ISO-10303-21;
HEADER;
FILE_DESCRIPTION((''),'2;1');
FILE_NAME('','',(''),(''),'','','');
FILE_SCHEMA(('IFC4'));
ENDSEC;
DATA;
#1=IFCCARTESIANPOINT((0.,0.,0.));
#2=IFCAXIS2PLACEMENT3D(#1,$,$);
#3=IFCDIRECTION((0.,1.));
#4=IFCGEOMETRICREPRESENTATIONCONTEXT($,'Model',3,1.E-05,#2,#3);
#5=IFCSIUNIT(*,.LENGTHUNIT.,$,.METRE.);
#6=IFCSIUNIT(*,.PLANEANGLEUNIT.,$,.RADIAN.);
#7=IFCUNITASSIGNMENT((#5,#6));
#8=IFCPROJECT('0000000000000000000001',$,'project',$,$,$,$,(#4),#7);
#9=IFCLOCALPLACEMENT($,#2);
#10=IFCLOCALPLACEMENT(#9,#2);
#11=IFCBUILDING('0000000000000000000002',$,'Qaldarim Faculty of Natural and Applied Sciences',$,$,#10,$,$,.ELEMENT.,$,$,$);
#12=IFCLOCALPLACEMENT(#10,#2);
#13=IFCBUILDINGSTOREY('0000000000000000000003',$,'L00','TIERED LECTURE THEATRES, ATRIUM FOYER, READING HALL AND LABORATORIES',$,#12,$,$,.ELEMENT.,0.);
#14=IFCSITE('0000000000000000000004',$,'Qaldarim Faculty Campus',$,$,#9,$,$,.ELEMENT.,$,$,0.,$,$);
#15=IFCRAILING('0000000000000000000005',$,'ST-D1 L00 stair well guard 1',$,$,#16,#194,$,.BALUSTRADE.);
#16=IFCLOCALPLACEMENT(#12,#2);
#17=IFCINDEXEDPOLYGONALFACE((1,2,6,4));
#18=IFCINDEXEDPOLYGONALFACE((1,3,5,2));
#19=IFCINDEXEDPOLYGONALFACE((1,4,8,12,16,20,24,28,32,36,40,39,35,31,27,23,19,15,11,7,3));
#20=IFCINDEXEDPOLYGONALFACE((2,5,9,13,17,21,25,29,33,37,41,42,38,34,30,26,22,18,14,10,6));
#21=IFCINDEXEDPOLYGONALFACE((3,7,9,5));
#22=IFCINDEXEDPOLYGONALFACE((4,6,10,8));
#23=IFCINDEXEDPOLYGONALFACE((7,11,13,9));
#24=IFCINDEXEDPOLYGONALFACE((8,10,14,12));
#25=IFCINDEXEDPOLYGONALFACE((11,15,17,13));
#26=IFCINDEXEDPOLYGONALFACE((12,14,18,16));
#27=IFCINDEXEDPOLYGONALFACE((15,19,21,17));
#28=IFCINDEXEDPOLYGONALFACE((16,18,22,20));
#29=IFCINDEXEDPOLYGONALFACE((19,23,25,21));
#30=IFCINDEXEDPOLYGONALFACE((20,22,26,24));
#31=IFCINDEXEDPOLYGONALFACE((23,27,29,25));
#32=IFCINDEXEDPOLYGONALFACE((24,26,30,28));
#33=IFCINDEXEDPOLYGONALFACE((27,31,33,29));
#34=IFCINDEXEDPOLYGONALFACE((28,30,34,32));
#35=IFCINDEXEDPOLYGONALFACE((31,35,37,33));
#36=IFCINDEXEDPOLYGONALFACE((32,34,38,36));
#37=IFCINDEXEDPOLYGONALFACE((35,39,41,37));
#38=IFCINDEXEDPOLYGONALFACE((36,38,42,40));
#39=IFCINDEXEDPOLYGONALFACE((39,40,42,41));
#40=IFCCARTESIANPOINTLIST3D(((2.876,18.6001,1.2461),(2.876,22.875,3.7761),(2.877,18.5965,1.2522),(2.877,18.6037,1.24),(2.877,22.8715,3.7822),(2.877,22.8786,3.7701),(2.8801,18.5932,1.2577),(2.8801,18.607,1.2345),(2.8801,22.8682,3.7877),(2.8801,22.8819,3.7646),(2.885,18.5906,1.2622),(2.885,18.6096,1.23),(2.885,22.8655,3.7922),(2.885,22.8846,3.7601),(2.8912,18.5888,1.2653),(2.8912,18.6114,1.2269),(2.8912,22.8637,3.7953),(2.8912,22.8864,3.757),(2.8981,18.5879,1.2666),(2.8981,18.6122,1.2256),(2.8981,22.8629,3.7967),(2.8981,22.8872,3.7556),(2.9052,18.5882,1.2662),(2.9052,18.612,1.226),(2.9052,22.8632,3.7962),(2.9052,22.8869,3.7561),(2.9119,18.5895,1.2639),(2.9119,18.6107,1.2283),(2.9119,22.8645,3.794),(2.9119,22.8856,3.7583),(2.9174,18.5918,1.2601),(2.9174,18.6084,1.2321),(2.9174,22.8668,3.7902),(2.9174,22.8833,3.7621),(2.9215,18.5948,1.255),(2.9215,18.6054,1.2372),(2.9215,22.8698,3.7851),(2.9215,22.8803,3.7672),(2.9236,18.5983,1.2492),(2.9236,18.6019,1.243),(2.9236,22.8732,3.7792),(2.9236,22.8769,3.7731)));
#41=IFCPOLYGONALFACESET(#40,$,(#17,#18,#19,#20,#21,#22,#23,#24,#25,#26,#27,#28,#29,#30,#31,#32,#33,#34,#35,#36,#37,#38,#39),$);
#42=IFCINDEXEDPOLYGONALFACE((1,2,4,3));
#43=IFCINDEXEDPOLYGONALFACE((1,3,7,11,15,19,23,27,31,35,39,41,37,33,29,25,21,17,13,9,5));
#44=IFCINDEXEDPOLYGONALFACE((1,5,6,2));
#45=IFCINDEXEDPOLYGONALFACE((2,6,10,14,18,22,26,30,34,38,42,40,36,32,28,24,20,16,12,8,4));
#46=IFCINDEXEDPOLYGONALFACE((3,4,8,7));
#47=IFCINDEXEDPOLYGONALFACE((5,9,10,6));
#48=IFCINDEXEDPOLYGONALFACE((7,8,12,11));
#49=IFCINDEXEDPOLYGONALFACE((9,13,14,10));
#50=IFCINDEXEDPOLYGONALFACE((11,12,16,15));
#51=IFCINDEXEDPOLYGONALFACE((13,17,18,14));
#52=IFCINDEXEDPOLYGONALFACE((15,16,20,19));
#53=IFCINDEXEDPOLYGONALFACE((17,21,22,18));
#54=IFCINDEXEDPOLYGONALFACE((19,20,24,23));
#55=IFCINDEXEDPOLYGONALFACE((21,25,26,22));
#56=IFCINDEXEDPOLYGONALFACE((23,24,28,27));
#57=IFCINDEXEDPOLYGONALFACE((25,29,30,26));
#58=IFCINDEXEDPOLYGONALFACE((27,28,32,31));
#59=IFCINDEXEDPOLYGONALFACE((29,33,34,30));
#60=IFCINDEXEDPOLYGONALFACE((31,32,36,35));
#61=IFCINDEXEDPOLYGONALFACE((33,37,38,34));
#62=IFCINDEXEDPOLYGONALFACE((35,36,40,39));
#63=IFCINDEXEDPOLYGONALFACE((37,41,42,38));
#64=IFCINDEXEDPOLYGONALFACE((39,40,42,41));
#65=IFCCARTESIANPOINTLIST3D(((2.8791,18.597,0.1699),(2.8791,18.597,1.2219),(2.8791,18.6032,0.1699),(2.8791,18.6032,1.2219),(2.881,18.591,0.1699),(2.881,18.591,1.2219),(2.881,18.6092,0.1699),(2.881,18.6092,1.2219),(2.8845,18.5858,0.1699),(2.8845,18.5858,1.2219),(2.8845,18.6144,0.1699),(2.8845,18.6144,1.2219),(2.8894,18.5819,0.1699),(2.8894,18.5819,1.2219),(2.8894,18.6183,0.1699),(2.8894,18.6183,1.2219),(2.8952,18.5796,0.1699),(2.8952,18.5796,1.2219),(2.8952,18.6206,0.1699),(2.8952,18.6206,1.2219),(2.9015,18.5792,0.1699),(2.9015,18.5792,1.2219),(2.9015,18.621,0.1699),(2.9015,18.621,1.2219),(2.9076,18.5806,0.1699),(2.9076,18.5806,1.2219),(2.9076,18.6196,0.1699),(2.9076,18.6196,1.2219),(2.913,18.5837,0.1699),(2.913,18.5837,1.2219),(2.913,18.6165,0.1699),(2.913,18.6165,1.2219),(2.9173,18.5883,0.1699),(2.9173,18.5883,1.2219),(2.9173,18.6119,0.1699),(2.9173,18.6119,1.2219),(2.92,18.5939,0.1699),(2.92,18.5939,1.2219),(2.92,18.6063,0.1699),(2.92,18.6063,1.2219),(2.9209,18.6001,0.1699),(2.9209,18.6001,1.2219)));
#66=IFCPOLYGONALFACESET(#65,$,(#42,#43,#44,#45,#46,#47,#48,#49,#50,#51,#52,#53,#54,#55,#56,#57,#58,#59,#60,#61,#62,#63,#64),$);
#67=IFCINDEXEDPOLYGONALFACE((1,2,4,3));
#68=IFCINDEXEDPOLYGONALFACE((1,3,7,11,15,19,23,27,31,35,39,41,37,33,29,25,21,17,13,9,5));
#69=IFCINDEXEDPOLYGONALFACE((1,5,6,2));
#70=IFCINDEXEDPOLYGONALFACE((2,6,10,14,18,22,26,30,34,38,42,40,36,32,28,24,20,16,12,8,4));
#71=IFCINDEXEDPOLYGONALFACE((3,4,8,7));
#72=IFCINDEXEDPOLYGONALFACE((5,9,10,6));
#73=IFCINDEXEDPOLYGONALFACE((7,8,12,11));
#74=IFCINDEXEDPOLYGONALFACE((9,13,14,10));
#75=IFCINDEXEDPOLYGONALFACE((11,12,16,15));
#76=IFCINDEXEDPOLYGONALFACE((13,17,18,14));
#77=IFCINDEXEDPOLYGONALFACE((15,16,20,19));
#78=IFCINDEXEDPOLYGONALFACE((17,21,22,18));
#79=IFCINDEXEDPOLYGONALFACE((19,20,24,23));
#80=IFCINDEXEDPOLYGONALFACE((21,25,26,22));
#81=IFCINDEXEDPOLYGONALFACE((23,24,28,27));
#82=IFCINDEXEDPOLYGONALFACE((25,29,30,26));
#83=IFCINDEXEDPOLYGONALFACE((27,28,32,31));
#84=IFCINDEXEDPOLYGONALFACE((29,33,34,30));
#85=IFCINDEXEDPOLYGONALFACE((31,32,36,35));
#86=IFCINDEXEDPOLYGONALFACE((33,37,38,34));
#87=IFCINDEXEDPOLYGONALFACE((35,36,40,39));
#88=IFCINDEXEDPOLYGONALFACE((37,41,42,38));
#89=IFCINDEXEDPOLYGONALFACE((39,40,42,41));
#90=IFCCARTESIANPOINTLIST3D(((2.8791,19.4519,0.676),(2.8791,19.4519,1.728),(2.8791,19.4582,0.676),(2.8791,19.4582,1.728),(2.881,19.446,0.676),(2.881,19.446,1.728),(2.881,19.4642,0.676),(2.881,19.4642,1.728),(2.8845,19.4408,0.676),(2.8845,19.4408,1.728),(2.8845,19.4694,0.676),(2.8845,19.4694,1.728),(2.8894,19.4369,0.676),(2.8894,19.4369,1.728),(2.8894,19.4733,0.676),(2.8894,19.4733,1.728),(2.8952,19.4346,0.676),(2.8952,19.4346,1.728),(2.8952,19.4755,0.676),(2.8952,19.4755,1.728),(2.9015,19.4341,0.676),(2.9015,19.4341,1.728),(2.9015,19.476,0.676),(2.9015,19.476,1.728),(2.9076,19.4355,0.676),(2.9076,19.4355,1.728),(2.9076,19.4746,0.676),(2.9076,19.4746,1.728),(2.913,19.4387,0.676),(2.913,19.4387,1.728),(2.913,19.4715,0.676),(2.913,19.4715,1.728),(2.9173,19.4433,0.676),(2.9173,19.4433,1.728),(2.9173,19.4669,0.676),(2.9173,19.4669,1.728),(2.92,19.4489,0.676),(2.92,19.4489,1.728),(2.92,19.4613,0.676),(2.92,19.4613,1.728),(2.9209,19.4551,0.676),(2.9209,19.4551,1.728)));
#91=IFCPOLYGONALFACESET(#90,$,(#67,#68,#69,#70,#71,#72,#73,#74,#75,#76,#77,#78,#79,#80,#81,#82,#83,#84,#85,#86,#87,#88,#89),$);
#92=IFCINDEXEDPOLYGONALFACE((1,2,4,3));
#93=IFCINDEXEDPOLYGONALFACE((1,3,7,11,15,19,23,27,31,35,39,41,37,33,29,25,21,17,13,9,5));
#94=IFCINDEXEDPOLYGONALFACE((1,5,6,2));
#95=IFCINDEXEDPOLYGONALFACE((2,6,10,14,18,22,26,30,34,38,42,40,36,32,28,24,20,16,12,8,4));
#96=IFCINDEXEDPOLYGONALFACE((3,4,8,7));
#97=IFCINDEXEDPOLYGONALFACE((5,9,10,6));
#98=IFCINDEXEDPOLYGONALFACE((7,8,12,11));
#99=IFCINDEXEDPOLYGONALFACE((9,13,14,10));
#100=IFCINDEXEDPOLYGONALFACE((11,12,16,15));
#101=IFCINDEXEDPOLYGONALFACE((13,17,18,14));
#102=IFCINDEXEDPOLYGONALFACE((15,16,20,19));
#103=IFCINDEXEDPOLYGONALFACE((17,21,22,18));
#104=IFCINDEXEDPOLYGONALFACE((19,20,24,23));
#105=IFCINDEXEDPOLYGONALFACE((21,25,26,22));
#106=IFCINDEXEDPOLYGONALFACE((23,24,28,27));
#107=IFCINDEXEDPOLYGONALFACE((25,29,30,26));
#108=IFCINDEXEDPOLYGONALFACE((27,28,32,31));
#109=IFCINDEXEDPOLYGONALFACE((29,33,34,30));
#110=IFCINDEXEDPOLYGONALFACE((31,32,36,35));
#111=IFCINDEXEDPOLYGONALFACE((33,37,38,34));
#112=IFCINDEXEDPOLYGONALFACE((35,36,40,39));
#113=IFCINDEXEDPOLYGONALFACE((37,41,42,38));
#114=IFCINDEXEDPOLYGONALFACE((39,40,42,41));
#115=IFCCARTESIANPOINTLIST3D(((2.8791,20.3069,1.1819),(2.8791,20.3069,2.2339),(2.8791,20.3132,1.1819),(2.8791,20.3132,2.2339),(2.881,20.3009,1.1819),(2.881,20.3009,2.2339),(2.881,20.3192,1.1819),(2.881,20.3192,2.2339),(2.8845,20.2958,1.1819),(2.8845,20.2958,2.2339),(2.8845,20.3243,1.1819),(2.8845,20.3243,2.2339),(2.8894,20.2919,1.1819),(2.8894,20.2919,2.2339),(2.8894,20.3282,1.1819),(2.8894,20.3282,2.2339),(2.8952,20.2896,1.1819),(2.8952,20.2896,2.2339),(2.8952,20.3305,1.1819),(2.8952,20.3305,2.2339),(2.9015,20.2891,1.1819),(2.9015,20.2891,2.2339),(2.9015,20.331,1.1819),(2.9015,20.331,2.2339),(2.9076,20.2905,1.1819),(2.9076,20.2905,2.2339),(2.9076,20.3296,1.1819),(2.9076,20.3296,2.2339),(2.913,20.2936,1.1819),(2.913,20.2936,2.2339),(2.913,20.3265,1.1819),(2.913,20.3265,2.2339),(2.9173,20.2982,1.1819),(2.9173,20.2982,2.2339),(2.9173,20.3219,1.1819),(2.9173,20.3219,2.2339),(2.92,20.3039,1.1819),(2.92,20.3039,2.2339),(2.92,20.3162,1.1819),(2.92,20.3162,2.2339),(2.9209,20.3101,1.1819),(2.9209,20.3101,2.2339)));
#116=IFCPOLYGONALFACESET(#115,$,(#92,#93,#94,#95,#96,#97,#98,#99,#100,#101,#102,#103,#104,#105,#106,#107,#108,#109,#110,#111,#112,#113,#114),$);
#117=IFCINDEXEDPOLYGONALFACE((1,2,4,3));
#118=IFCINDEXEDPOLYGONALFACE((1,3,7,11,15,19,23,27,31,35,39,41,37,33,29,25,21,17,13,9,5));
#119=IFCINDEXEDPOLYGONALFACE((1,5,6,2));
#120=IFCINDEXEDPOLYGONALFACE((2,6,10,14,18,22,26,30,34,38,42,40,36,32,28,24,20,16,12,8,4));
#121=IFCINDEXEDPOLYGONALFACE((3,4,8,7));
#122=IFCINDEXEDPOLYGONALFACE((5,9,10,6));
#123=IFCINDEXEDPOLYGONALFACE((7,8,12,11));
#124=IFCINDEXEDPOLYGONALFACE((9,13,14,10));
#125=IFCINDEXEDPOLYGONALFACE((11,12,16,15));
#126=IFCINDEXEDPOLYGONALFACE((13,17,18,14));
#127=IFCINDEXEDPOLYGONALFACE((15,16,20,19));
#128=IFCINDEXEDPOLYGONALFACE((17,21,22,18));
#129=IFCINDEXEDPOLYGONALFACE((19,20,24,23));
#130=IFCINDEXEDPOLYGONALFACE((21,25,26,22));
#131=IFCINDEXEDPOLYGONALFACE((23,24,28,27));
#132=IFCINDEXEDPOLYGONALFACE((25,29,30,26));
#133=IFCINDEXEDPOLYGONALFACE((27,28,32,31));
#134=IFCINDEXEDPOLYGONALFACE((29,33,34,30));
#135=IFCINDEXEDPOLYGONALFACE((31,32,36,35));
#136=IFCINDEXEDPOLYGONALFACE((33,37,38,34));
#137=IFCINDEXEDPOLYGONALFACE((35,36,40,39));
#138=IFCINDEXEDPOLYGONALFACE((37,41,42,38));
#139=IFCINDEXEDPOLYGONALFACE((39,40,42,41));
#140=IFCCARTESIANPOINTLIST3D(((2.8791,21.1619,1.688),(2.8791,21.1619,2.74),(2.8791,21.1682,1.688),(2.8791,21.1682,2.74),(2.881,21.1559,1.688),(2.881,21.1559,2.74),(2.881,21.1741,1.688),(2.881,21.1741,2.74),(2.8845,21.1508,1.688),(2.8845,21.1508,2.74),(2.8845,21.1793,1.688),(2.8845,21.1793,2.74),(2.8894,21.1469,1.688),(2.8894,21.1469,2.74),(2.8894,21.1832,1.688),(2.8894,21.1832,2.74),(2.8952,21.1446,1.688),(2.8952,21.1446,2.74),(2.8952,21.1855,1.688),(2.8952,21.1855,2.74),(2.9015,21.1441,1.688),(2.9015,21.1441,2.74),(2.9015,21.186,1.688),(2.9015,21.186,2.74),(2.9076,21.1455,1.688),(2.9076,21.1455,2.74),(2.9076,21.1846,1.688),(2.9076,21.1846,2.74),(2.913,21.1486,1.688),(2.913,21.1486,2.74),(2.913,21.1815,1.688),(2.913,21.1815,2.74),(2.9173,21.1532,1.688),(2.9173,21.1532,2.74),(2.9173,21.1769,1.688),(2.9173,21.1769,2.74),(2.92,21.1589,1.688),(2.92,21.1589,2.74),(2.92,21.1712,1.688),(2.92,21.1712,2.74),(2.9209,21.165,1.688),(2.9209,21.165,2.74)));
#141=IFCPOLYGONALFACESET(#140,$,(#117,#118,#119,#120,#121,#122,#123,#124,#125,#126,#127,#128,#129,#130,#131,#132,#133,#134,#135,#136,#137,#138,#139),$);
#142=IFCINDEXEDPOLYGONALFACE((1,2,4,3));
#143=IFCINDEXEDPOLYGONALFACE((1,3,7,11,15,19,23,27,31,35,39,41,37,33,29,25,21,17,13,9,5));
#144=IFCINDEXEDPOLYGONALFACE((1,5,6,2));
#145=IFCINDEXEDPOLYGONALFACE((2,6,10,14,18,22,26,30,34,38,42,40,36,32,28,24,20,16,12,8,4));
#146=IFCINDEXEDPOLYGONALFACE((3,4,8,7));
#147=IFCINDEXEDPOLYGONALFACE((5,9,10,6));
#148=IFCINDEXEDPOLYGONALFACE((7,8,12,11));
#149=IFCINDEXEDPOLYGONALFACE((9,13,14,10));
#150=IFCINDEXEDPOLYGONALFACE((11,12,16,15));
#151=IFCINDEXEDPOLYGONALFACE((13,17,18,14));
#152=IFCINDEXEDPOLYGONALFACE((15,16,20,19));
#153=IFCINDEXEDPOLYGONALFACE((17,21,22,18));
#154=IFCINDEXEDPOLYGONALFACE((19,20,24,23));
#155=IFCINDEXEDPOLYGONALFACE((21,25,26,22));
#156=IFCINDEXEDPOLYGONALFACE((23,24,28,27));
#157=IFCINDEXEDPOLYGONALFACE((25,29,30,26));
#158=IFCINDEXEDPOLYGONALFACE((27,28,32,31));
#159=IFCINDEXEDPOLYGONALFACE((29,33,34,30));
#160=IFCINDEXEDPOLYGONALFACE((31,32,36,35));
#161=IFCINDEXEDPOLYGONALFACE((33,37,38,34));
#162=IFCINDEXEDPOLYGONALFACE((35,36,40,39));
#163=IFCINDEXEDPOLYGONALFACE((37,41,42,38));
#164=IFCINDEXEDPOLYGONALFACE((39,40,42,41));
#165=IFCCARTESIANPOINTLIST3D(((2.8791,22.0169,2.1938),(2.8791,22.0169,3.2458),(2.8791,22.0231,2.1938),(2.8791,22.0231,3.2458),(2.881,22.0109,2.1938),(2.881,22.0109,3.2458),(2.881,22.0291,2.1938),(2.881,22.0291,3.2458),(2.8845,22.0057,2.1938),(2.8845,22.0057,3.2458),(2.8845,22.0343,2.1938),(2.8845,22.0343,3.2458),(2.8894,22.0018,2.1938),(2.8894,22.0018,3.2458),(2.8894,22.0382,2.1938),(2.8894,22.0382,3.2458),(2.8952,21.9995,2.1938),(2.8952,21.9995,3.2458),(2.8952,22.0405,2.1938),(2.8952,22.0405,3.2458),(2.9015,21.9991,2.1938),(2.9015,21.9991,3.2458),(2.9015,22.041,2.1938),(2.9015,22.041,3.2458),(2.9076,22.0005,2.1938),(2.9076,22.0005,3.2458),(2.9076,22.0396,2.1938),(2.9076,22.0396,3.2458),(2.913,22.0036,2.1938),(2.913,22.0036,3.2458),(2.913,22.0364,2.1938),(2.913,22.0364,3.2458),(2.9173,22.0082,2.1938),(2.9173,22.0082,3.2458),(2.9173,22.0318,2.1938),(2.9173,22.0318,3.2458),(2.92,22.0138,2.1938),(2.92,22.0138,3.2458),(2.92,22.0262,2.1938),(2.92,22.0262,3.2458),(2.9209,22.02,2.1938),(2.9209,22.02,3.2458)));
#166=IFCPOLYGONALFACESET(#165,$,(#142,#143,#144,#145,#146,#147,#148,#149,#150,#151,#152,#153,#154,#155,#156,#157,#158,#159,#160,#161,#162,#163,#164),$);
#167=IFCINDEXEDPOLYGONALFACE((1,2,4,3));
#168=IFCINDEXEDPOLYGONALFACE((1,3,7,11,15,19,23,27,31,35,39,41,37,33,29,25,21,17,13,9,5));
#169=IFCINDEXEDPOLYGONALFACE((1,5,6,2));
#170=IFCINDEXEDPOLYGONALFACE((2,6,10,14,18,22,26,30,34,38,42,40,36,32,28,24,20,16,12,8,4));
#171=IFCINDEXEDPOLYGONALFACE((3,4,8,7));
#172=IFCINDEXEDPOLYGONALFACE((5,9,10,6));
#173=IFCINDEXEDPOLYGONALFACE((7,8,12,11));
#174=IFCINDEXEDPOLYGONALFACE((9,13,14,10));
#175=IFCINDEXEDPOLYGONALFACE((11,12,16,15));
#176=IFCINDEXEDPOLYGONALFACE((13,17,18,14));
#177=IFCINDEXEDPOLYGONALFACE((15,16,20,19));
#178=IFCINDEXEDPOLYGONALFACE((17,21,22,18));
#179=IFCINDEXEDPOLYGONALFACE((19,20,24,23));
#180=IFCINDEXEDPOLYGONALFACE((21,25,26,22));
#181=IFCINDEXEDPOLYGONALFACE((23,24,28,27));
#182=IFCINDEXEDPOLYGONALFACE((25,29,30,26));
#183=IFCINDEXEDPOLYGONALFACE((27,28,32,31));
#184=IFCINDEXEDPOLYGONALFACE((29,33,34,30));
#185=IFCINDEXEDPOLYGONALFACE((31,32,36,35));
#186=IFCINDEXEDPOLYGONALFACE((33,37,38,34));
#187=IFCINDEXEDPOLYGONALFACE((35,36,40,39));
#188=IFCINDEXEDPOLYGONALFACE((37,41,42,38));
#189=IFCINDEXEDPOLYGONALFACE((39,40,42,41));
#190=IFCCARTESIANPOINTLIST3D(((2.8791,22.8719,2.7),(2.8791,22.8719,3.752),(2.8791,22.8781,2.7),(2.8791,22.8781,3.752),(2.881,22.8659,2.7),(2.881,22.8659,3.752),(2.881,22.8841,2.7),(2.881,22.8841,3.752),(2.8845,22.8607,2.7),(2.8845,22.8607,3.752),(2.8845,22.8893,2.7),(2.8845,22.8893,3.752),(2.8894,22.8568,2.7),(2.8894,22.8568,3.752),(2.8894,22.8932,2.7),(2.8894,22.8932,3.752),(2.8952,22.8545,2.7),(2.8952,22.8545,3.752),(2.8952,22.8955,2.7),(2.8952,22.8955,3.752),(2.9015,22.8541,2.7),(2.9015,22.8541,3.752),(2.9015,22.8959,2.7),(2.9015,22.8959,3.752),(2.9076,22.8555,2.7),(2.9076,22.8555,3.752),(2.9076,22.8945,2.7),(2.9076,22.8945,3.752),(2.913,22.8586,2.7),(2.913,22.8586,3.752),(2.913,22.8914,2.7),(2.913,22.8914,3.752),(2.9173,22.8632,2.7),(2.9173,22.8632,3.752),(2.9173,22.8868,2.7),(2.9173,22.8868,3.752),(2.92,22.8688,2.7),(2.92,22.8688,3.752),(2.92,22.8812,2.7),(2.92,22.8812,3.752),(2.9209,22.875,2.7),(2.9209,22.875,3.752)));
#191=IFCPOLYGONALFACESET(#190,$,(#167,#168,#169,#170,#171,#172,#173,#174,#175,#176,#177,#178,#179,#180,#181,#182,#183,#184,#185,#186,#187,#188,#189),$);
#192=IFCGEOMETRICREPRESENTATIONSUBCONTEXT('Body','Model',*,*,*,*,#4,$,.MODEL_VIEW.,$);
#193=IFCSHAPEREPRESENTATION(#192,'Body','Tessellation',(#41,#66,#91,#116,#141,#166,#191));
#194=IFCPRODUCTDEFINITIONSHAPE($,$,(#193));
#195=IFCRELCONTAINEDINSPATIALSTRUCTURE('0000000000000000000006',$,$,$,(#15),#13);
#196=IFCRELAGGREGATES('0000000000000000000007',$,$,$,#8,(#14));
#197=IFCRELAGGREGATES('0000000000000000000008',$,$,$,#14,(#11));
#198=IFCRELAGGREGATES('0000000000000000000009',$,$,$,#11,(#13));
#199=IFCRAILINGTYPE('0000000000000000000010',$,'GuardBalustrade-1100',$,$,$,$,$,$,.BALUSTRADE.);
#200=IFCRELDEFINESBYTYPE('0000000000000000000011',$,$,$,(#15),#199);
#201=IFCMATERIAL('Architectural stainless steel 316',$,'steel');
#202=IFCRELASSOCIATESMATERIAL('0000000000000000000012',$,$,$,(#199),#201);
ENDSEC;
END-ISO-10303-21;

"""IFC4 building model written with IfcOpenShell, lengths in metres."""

from ifc_helpers import new_model, si_unit, direction, frame, origin, origin_2d, place, context, subcontext, project, spatial, circle, extrude, material, type_object, element, save


model = new_model("IFC4")

# Units and contexts
model_context = context("Model", 3, precision=1e-05, world=origin(), true_north=direction((0.0, 1.0)))
body_context = subcontext(model_context, "Body", "Model", "MODEL_VIEW")
ifc_project = project(units=[si_unit("LENGTHUNIT", "METRE"), si_unit("PLANEANGLEUNIT", "RADIAN")], contexts=[model_context])

# Site, building, storey
site_placement = place(None, origin())
site = spatial("IfcSite", under=ifc_project, at=site_placement, Name="Qaldarim Faculty Campus", CompositionType="ELEMENT", RefElevation=0.0)
building_placement = place(site_placement, origin())
building = spatial("IfcBuilding", under=site, at=building_placement, Name="Qaldarim Faculty of Natural and Applied Sciences", CompositionType="ELEMENT")
storey_placement = place(building_placement, origin())
storey = spatial("IfcBuildingStorey", under=building, at=storey_placement, Name="L00", Description="TIERED LECTURE THEATRES, ATRIUM FOYER, READING HALL AND LABORATORIES", CompositionType="ELEMENT", Elevation=0.0)

# Shared definitions
ifc_material_1 = material(Name="Architectural stainless steel 316", Category="steel")

# Railing
railing_type_1 = type_object("IfcRailingType", Name="GuardBalustrade-1100", PredefinedType="BALUSTRADE", material=ifc_material_1)
railing_1_placement = place(storey_placement, frame((2.8999, 18.6001, 0.1699)))
element("IfcRailing", 1, at=railing_1_placement, inside=storey, type_object=railing_type_1, Name="ST-D1 L00 stair well guard 1", PredefinedType="BALUSTRADE", context=body_context, shape_type="SweptSolid", body=[
    extrude(circle(Radius=0.0239, at=origin_2d()), frame((0.0, 0.0, 1.0762), z_axis=(0.0, 0.860578, 0.509319), x_axis=(-1.0, 0.0, 0.0)), (0.0, 0.0, 1.0), 4.9675),
    extrude(circle(Radius=0.021, at=origin_2d()), origin(), (0.0, 0.0, 1.0), 1.052),
    extrude(circle(Radius=0.021, at=origin_2d()), frame((0.0, 0.855, 0.5061)), (0.0, 0.0, 1.0), 1.052),
    extrude(circle(Radius=0.021, at=origin_2d()), frame((0.0, 1.71, 1.012)), (0.0, 0.0, 1.0), 1.052),
    extrude(circle(Radius=0.021, at=origin_2d()), frame((0.0, 2.5649, 1.5181)), (0.0, 0.0, 1.0), 1.052),
    extrude(circle(Radius=0.021, at=origin_2d()), frame((0.0, 3.4199, 2.0239)), (0.0, 0.0, 1.0), 1.052),
    extrude(circle(Radius=0.021, at=origin_2d()), frame((0.0, 4.2749, 2.53)), (0.0, 0.0, 1.0), 1.052),
])

save(model, "model.ifc")
